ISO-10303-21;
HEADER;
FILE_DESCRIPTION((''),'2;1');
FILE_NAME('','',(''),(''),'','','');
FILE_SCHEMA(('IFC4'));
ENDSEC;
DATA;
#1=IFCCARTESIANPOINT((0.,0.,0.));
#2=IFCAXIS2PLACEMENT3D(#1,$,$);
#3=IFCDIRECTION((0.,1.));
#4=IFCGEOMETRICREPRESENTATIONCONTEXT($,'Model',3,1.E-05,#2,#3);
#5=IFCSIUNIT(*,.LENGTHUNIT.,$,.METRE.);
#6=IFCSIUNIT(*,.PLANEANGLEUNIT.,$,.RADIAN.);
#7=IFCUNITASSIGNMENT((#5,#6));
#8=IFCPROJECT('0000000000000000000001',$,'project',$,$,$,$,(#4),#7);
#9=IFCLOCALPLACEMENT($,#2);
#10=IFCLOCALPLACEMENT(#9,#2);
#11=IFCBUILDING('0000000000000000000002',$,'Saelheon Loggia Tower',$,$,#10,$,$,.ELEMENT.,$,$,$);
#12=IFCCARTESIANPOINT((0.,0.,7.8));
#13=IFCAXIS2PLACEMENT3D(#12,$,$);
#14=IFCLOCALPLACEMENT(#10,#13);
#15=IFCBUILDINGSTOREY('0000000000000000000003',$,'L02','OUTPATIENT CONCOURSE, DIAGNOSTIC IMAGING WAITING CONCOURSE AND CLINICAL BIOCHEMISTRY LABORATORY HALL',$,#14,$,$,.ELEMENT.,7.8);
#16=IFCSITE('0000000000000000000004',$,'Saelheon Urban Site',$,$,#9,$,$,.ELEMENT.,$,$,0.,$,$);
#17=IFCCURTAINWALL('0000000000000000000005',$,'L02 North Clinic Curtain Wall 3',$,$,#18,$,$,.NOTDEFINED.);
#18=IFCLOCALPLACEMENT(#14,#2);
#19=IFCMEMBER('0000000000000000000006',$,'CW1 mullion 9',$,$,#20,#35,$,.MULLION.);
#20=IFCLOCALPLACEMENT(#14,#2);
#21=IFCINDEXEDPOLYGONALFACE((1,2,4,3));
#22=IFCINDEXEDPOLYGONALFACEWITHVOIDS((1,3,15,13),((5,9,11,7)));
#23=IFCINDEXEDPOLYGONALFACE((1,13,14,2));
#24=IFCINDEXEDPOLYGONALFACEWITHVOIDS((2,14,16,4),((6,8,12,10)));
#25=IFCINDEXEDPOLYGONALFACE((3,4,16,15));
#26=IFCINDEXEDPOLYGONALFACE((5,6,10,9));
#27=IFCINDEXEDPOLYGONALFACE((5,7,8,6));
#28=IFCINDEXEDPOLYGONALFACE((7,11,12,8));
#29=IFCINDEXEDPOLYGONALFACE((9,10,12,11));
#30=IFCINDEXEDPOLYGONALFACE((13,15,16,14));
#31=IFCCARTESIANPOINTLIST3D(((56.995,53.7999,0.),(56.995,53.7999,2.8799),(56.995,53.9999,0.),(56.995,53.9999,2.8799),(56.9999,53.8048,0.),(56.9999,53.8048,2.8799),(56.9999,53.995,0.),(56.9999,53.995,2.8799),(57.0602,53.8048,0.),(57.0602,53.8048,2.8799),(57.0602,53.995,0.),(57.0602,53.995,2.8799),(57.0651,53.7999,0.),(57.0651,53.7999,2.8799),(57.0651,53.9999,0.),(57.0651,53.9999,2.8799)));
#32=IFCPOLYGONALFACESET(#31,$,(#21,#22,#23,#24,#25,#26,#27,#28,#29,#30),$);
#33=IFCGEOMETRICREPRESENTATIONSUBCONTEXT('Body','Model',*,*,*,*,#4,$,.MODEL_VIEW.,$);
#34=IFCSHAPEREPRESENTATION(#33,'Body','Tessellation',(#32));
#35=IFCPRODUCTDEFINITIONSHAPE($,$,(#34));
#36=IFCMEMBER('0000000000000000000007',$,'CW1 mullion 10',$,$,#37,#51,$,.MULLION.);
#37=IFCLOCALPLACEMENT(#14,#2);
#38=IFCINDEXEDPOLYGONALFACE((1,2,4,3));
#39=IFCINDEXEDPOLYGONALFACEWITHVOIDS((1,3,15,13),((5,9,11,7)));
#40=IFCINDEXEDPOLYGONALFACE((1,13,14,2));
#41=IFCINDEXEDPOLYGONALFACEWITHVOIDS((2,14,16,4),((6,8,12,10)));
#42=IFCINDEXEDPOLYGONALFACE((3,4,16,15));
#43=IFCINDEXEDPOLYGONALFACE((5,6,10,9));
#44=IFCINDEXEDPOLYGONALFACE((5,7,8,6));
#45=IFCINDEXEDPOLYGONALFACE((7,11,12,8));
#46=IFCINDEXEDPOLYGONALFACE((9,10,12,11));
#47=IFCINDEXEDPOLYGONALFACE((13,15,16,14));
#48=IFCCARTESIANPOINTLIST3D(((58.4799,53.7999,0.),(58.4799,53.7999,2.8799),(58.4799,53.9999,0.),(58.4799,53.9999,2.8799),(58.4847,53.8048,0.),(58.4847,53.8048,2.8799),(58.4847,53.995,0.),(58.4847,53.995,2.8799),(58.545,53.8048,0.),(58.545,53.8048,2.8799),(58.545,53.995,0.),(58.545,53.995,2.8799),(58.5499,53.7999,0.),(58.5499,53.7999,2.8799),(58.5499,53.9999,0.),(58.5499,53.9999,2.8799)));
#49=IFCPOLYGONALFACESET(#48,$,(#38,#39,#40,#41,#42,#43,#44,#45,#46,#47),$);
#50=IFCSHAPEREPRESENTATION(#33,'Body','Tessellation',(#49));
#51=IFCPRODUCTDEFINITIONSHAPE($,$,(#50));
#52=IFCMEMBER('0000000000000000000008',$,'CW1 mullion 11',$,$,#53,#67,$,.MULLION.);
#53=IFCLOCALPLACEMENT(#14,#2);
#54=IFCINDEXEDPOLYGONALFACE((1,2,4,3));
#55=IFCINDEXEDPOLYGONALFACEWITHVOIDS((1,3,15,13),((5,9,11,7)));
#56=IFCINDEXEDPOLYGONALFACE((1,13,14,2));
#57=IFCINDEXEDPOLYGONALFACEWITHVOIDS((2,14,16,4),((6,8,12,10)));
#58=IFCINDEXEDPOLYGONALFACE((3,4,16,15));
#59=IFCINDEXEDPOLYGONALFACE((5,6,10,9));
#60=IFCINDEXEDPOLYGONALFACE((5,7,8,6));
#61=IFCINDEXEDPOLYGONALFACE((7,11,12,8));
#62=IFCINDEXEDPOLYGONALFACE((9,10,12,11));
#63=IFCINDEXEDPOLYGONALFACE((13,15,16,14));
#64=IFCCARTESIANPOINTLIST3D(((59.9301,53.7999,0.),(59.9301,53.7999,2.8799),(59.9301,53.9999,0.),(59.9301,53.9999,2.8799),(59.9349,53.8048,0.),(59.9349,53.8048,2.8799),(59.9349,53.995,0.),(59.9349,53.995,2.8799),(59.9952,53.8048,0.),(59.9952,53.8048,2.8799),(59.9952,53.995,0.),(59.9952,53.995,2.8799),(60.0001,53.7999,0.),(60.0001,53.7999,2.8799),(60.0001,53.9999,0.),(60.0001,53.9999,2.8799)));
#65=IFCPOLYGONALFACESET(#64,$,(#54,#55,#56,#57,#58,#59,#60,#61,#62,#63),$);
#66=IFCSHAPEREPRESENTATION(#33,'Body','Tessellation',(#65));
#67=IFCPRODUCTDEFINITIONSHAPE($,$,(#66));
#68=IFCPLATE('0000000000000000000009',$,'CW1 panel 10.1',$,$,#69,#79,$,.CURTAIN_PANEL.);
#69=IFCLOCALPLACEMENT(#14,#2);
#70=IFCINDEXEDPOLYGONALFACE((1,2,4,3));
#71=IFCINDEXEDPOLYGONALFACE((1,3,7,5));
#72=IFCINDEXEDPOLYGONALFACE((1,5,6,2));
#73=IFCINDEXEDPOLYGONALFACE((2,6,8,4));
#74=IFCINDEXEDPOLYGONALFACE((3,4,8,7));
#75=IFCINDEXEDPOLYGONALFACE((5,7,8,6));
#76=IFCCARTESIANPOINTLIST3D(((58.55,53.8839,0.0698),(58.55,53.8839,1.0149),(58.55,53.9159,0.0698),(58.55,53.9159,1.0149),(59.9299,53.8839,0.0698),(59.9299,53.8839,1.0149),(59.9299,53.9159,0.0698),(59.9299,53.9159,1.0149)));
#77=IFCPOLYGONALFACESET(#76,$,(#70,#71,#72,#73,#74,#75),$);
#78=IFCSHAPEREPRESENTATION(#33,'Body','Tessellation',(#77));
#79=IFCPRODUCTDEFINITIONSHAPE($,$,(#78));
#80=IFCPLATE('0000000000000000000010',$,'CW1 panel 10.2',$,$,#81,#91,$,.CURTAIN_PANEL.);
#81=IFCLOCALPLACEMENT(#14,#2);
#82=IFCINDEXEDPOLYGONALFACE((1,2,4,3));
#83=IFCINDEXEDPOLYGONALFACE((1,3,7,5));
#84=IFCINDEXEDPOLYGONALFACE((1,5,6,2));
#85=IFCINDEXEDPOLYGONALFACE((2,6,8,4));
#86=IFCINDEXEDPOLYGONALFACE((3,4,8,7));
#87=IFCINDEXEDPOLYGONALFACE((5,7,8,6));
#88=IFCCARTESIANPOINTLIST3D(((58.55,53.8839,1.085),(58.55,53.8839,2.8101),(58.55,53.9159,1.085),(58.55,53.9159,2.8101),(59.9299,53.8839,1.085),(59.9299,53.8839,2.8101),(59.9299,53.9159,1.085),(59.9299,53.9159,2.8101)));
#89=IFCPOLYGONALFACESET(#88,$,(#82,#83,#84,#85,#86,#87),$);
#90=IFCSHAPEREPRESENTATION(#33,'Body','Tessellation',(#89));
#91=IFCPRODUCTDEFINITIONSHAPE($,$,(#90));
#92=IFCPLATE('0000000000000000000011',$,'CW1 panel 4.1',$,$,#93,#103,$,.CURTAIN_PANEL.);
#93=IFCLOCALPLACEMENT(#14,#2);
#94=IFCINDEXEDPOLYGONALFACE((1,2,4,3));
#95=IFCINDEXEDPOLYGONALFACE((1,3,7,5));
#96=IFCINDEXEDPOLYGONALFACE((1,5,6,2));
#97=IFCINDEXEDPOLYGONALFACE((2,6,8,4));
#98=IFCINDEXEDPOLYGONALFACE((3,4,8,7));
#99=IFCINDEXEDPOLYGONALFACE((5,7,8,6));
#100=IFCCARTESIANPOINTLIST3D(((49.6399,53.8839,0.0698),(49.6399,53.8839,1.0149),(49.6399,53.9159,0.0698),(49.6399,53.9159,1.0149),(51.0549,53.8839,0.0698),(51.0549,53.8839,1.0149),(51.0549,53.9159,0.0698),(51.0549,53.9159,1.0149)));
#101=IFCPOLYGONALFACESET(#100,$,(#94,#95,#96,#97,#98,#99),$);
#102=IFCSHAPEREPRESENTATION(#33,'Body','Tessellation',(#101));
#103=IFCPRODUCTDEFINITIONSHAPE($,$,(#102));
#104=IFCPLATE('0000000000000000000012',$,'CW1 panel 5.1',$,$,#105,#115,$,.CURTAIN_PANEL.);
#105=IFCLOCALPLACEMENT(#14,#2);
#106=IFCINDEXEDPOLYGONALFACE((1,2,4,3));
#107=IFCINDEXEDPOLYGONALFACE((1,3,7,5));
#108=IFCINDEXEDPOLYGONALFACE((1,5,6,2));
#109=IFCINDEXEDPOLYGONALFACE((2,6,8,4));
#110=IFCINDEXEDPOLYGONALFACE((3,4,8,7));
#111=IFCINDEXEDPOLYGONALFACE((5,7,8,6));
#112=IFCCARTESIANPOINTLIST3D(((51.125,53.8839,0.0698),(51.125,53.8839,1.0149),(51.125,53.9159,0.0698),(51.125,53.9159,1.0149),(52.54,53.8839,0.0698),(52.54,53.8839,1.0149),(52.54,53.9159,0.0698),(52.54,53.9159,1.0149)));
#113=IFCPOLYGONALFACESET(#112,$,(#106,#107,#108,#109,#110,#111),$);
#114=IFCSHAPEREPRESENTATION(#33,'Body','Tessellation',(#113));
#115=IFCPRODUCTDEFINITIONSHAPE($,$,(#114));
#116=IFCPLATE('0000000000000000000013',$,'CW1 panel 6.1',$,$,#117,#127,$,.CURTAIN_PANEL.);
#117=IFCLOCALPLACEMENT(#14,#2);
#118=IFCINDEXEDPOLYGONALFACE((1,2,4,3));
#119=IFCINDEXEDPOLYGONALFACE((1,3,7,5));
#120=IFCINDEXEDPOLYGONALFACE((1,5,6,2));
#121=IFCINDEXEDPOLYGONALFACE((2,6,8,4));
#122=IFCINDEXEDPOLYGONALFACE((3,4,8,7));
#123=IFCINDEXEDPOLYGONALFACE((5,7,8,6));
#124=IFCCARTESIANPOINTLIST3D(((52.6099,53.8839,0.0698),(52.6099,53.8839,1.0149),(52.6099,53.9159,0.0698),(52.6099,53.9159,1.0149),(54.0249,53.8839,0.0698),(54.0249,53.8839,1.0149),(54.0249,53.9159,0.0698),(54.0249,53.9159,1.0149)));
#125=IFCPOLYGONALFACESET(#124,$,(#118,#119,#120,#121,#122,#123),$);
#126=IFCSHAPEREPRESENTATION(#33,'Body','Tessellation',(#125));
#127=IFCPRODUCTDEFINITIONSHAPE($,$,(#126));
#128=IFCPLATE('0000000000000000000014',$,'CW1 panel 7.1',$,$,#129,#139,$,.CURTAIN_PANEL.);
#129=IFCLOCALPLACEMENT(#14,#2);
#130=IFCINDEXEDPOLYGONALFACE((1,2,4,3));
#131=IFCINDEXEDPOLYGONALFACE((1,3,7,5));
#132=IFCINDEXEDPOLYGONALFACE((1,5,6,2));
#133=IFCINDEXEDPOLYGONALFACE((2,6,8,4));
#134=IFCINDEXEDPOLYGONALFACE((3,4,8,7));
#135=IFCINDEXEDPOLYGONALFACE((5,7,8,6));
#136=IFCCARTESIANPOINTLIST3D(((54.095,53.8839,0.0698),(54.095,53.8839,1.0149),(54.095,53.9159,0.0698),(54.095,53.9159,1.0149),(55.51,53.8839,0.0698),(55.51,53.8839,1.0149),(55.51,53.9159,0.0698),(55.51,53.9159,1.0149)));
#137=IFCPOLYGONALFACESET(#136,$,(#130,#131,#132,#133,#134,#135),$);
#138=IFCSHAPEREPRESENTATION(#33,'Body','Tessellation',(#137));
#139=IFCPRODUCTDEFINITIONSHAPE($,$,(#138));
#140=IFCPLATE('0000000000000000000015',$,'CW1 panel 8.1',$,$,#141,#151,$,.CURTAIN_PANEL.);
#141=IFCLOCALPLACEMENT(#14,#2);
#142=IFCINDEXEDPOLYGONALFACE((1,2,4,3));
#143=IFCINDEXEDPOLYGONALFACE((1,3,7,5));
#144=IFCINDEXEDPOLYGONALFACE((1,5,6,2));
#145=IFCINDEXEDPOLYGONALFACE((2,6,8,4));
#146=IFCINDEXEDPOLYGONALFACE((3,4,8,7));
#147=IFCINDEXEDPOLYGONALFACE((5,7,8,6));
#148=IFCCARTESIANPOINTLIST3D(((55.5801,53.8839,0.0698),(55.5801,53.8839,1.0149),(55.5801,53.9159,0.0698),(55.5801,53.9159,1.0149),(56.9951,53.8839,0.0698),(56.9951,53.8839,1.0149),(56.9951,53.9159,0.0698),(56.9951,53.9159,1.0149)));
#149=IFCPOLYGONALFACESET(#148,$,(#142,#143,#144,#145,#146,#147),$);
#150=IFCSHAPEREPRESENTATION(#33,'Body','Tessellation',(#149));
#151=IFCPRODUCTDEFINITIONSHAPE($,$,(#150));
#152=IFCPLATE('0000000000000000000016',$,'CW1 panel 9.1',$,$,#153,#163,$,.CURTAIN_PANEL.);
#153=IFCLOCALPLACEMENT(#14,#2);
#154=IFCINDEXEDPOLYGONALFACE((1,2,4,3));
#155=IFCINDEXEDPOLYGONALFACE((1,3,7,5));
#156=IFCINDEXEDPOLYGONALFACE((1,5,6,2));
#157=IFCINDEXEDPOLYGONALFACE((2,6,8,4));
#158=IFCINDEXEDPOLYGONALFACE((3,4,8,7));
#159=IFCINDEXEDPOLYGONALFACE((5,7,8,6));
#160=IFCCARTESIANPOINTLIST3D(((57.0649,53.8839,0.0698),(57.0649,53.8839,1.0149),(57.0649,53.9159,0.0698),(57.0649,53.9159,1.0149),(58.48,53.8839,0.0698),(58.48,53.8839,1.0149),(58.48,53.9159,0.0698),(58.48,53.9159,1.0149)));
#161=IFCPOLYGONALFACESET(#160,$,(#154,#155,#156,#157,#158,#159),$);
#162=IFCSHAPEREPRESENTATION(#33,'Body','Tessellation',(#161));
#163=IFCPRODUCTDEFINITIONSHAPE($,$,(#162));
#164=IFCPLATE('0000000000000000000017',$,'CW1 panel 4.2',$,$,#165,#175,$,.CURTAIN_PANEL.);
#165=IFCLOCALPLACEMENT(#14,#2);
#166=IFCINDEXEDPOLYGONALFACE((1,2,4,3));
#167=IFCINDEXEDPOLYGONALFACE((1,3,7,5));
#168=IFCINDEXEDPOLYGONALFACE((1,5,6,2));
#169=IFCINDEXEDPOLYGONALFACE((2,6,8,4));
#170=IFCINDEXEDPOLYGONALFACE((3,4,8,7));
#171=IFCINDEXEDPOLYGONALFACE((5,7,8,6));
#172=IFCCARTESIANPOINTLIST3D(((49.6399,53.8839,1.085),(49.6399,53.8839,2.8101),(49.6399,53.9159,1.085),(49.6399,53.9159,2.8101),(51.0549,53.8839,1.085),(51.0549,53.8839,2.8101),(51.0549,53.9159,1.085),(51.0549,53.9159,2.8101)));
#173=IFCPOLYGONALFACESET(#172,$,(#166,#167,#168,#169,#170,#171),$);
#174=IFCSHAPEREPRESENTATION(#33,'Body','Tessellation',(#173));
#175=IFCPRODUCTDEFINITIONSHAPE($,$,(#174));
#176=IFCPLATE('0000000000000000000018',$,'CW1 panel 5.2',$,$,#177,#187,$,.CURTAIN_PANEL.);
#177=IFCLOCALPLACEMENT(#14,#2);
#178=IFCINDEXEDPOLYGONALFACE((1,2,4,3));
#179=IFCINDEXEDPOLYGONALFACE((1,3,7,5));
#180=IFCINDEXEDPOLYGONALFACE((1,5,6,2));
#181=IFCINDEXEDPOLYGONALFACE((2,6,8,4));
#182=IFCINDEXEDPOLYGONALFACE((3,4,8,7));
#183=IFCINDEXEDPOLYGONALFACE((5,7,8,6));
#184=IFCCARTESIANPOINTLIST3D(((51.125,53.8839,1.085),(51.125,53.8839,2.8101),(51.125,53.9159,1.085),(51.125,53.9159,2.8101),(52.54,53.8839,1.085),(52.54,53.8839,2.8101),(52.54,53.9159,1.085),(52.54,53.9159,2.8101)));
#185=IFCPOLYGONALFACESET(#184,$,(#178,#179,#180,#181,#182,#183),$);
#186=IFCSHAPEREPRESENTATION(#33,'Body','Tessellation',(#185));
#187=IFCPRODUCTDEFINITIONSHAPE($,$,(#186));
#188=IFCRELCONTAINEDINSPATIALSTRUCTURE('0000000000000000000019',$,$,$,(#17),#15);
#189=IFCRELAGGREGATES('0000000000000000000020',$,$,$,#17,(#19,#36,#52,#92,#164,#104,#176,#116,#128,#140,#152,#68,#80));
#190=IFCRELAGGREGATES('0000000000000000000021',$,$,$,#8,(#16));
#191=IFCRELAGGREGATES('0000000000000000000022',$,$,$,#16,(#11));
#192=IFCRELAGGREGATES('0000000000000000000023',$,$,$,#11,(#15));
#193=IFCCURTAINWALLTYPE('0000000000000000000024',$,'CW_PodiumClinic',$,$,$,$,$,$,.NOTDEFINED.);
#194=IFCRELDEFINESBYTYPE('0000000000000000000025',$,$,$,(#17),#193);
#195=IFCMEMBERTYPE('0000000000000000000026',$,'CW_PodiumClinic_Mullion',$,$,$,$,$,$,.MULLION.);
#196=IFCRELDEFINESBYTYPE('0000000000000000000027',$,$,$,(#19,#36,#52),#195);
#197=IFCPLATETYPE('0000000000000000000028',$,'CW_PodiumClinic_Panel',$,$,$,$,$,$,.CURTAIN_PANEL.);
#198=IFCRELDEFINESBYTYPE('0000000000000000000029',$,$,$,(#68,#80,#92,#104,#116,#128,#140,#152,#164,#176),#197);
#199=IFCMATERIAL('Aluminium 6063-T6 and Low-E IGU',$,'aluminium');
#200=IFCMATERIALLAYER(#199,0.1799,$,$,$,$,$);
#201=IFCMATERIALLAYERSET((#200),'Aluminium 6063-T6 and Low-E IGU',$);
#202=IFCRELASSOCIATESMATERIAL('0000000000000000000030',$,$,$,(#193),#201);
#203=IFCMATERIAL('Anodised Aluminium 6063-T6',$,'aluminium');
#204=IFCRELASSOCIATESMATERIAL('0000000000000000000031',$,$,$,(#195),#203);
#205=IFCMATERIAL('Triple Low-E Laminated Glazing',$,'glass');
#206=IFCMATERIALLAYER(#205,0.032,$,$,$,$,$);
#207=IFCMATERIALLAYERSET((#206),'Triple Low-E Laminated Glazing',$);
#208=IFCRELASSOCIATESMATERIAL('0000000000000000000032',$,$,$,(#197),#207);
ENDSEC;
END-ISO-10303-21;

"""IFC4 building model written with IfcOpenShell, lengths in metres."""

from ifc_helpers import new_model, si_unit, direction, frame, origin, origin_2d, place, context, subcontext, project, spatial, rectangle, hollow_rectangle, extrude, source, transform, mapped, material, layer, layer_set, material_profile, profile_set, type_object, element, aggregate, save


model = new_model("IFC4")

# Units and contexts
model_context = context("Model", 3, precision=1e-05, world=origin(), true_north=direction((0.0, 1.0)))
body_context = subcontext(model_context, "Body", "Model", "MODEL_VIEW")
ifc_project = project(units=[si_unit("LENGTHUNIT", "METRE"), si_unit("PLANEANGLEUNIT", "RADIAN")], contexts=[model_context])

# Site, building, storey
site_placement = place(None, origin())
site = spatial("IfcSite", under=ifc_project, at=site_placement, Name="Saelheon Urban Site", CompositionType="ELEMENT", RefElevation=0.0)
building_placement = place(site_placement, origin())
building = spatial("IfcBuilding", under=site, at=building_placement, Name="Saelheon Loggia Tower", CompositionType="ELEMENT")
storey_placement = place(building_placement, frame((0.0, 0.0, 7.8)))
storey = spatial("IfcBuildingStorey", under=building, at=storey_placement, Name="L02", Description="OUTPATIENT CONCOURSE, DIAGNOSTIC IMAGING WAITING CONCOURSE AND CLINICAL BIOCHEMISTRY LABORATORY HALL", CompositionType="ELEMENT", Elevation=7.8)

# Curtain wall, members, plates
ifc_material_1 = material(Name="Aluminium 6063-T6 and Low-E IGU", Category="aluminium")
ifc_layer_1 = layer(ifc_material_1, 0.1799)
ifc_layer_set_1 = layer_set([ifc_layer_1], Name="Aluminium 6063-T6 and Low-E IGU")
curtain_wall_type = type_object("IfcCurtainWallType", Name="CW_PodiumClinic", PredefinedType="NOTDEFINED", material=ifc_layer_set_1)
curtain_wall_placement = place(storey_placement, origin())
curtain_wall = element("IfcCurtainWall", 1, at=curtain_wall_placement, inside=storey, type_object=curtain_wall_type, Name="L02 North Clinic Curtain Wall 3", PredefinedType="NOTDEFINED")
ifc_material_2 = material(Name="Anodised Aluminium 6063-T6", Category="aluminium")
ifc_material_profile_1 = material_profile(ifc_material_2, hollow_rectangle(XDim=0.0701, YDim=0.2, WallThickness=0.0049, at=origin_2d()), Name="RHS-200x70x5")
ifc_profile_set_1 = profile_set([ifc_material_profile_1], Name="Anodised Aluminium 6063-T6")
member_type_1 = type_object("IfcMemberType", Name="CW_PodiumClinic_Mullion", PredefinedType="MULLION", material=ifc_profile_set_1)
shared_shape_1 = source(origin(), body_context, "Body", "SweptSolid", [
    extrude(hollow_rectangle(XDim=0.0701, YDim=0.2, WallThickness=0.0049, at=origin_2d()), origin(), (0.0, 0.0, 1.0), 2.8799),
])
member_1_placement = place(storey_placement, frame((57.03, 53.8999, 0.0), z_axis=(0.0, 0.0, 1.0), x_axis=(1.0, 0.0, 0.0)))
member_1 = element("IfcMember", 2, at=member_1_placement, type_object=member_type_1, Name="CW1 mullion 9", PredefinedType="MULLION", context=body_context, shape_type="MappedRepresentation", body=[
    mapped(shared_shape_1, transform((0.0, 0.0, 0.0), scale=1.0)),
])
member_2_placement = place(storey_placement, frame((58.5149, 53.8999, 0.0), z_axis=(0.0, 0.0, 1.0), x_axis=(1.0, 0.0, 0.0)))
member_2 = element("IfcMember", 3, at=member_2_placement, type_object=member_type_1, Name="CW1 mullion 10", PredefinedType="MULLION", context=body_context, shape_type="MappedRepresentation", body=[
    mapped(shared_shape_1, transform((0.0, 0.0, 0.0), scale=1.0)),
])
member_3_placement = place(storey_placement, frame((59.9651, 53.8999, 0.0), z_axis=(0.0, 0.0, 1.0), x_axis=(1.0, 0.0, 0.0)))
member_3 = element("IfcMember", 4, at=member_3_placement, type_object=member_type_1, Name="CW1 mullion 11", PredefinedType="MULLION", context=body_context, shape_type="MappedRepresentation", body=[
    mapped(shared_shape_1, transform((0.0, 0.0, 0.0), scale=1.0)),
])
ifc_material_3 = material(Name="Triple Low-E Laminated Glazing", Category="glass")
ifc_layer_2 = layer(ifc_material_3, 0.032)
ifc_layer_set_2 = layer_set([ifc_layer_2], Name="Triple Low-E Laminated Glazing")
plate_type = type_object("IfcPlateType", Name="CW_PodiumClinic_Panel", PredefinedType="CURTAIN_PANEL", material=ifc_layer_set_2)
shared_shape_2 = source(origin(), body_context, "Body", "SweptSolid", [
    extrude(rectangle(XDim=1.3799, YDim=0.032, at=origin_2d()), origin(), (0.0, 0.0, 1.0), 0.9451),
])
plate_1_placement = place(storey_placement, frame((59.24, 53.8999, 0.0698), z_axis=(0.0, 0.0, 1.0), x_axis=(1.0, 0.0, 0.0)))
plate_1 = element("IfcPlate", 5, at=plate_1_placement, type_object=plate_type, Name="CW1 panel 10.1", PredefinedType="CURTAIN_PANEL", context=body_context, shape_type="MappedRepresentation", body=[
    mapped(shared_shape_2, transform((0.0, 0.0, 0.0), scale=1.0)),
])
shared_shape_3 = source(origin(), body_context, "Body", "SweptSolid", [
    extrude(rectangle(XDim=1.3799, YDim=0.032, at=origin_2d()), origin(), (0.0, 0.0, 1.0), 1.7251),
])
plate_2_placement = place(storey_placement, frame((59.24, 53.8999, 1.085), z_axis=(0.0, 0.0, 1.0), x_axis=(1.0, 0.0, 0.0)))
plate_2 = element("IfcPlate", 6, at=plate_2_placement, type_object=plate_type, Name="CW1 panel 10.2", PredefinedType="CURTAIN_PANEL", context=body_context, shape_type="MappedRepresentation", body=[
    mapped(shared_shape_3, transform((0.0, 0.0, 0.0), scale=1.0)),
])
shared_shape_4 = source(origin(), body_context, "Body", "SweptSolid", [
    extrude(rectangle(XDim=1.415, YDim=0.032, at=origin_2d()), origin(), (0.0, 0.0, 1.0), 0.9451),
])
plate_3_placement = place(storey_placement, frame((50.3474, 53.8999, 0.0698), z_axis=(0.0, 0.0, 1.0), x_axis=(1.0, 0.0, 0.0)))
plate_3 = element("IfcPlate", 7, at=plate_3_placement, type_object=plate_type, Name="CW1 panel 4.1", PredefinedType="CURTAIN_PANEL", context=body_context, shape_type="MappedRepresentation", body=[
    mapped(shared_shape_4, transform((0.0, 0.0, 0.0), scale=1.0)),
])
plate_4_placement = place(storey_placement, frame((51.8325, 53.8999, 0.0698), z_axis=(0.0, 0.0, 1.0), x_axis=(1.0, 0.0, 0.0)))
plate_4 = element("IfcPlate", 8, at=plate_4_placement, type_object=plate_type, Name="CW1 panel 5.1", PredefinedType="CURTAIN_PANEL", context=body_context, shape_type="MappedRepresentation", body=[
    mapped(shared_shape_4, transform((0.0, 0.0, 0.0), scale=1.0)),
])
plate_5_placement = place(storey_placement, frame((53.3174, 53.8999, 0.0698), z_axis=(0.0, 0.0, 1.0), x_axis=(1.0, 0.0, 0.0)))
plate_5 = element("IfcPlate", 9, at=plate_5_placement, type_object=plate_type, Name="CW1 panel 6.1", PredefinedType="CURTAIN_PANEL", context=body_context, shape_type="MappedRepresentation", body=[
    mapped(shared_shape_4, transform((0.0, 0.0, 0.0), scale=1.0)),
])
plate_6_placement = place(storey_placement, frame((54.8025, 53.8999, 0.0698), z_axis=(0.0, 0.0, 1.0), x_axis=(1.0, 0.0, 0.0)))
plate_6 = element("IfcPlate", 10, at=plate_6_placement, type_object=plate_type, Name="CW1 panel 7.1", PredefinedType="CURTAIN_PANEL", context=body_context, shape_type="MappedRepresentation", body=[
    mapped(shared_shape_4, transform((0.0, 0.0, 0.0), scale=1.0)),
])
plate_7_placement = place(storey_placement, frame((56.2876, 53.8999, 0.0698), z_axis=(0.0, 0.0, 1.0), x_axis=(1.0, 0.0, 0.0)))
plate_7 = element("IfcPlate", 11, at=plate_7_placement, type_object=plate_type, Name="CW1 panel 8.1", PredefinedType="CURTAIN_PANEL", context=body_context, shape_type="MappedRepresentation", body=[
    mapped(shared_shape_4, transform((0.0, 0.0, 0.0), scale=1.0)),
])
plate_8_placement = place(storey_placement, frame((57.7725, 53.8999, 0.0698), z_axis=(0.0, 0.0, 1.0), x_axis=(1.0, 0.0, 0.0)))
plate_8 = element("IfcPlate", 12, at=plate_8_placement, type_object=plate_type, Name="CW1 panel 9.1", PredefinedType="CURTAIN_PANEL", context=body_context, shape_type="MappedRepresentation", body=[
    mapped(shared_shape_4, transform((0.0, 0.0, 0.0), scale=1.0)),
])
shared_shape_5 = source(origin(), body_context, "Body", "SweptSolid", [
    extrude(rectangle(XDim=1.415, YDim=0.032, at=origin_2d()), origin(), (0.0, 0.0, 1.0), 1.7251),
])
plate_9_placement = place(storey_placement, frame((50.3474, 53.8999, 1.085), z_axis=(0.0, 0.0, 1.0), x_axis=(1.0, 0.0, 0.0)))
plate_9 = element("IfcPlate", 13, at=plate_9_placement, type_object=plate_type, Name="CW1 panel 4.2", PredefinedType="CURTAIN_PANEL", context=body_context, shape_type="MappedRepresentation", body=[
    mapped(shared_shape_5, transform((0.0, 0.0, 0.0), scale=1.0)),
])
plate_10_placement = place(storey_placement, frame((51.8325, 53.8999, 1.085), z_axis=(0.0, 0.0, 1.0), x_axis=(1.0, 0.0, 0.0)))
plate_10 = element("IfcPlate", 14, at=plate_10_placement, type_object=plate_type, Name="CW1 panel 5.2", PredefinedType="CURTAIN_PANEL", context=body_context, shape_type="MappedRepresentation", body=[
    mapped(shared_shape_5, transform((0.0, 0.0, 0.0), scale=1.0)),
])
aggregate(curtain_wall, [member_1, member_2, member_3, plate_3, plate_9, plate_4, plate_10, plate_5, plate_6, plate_7, plate_8, plate_1, plate_2])

save(model, "model.ifc")
